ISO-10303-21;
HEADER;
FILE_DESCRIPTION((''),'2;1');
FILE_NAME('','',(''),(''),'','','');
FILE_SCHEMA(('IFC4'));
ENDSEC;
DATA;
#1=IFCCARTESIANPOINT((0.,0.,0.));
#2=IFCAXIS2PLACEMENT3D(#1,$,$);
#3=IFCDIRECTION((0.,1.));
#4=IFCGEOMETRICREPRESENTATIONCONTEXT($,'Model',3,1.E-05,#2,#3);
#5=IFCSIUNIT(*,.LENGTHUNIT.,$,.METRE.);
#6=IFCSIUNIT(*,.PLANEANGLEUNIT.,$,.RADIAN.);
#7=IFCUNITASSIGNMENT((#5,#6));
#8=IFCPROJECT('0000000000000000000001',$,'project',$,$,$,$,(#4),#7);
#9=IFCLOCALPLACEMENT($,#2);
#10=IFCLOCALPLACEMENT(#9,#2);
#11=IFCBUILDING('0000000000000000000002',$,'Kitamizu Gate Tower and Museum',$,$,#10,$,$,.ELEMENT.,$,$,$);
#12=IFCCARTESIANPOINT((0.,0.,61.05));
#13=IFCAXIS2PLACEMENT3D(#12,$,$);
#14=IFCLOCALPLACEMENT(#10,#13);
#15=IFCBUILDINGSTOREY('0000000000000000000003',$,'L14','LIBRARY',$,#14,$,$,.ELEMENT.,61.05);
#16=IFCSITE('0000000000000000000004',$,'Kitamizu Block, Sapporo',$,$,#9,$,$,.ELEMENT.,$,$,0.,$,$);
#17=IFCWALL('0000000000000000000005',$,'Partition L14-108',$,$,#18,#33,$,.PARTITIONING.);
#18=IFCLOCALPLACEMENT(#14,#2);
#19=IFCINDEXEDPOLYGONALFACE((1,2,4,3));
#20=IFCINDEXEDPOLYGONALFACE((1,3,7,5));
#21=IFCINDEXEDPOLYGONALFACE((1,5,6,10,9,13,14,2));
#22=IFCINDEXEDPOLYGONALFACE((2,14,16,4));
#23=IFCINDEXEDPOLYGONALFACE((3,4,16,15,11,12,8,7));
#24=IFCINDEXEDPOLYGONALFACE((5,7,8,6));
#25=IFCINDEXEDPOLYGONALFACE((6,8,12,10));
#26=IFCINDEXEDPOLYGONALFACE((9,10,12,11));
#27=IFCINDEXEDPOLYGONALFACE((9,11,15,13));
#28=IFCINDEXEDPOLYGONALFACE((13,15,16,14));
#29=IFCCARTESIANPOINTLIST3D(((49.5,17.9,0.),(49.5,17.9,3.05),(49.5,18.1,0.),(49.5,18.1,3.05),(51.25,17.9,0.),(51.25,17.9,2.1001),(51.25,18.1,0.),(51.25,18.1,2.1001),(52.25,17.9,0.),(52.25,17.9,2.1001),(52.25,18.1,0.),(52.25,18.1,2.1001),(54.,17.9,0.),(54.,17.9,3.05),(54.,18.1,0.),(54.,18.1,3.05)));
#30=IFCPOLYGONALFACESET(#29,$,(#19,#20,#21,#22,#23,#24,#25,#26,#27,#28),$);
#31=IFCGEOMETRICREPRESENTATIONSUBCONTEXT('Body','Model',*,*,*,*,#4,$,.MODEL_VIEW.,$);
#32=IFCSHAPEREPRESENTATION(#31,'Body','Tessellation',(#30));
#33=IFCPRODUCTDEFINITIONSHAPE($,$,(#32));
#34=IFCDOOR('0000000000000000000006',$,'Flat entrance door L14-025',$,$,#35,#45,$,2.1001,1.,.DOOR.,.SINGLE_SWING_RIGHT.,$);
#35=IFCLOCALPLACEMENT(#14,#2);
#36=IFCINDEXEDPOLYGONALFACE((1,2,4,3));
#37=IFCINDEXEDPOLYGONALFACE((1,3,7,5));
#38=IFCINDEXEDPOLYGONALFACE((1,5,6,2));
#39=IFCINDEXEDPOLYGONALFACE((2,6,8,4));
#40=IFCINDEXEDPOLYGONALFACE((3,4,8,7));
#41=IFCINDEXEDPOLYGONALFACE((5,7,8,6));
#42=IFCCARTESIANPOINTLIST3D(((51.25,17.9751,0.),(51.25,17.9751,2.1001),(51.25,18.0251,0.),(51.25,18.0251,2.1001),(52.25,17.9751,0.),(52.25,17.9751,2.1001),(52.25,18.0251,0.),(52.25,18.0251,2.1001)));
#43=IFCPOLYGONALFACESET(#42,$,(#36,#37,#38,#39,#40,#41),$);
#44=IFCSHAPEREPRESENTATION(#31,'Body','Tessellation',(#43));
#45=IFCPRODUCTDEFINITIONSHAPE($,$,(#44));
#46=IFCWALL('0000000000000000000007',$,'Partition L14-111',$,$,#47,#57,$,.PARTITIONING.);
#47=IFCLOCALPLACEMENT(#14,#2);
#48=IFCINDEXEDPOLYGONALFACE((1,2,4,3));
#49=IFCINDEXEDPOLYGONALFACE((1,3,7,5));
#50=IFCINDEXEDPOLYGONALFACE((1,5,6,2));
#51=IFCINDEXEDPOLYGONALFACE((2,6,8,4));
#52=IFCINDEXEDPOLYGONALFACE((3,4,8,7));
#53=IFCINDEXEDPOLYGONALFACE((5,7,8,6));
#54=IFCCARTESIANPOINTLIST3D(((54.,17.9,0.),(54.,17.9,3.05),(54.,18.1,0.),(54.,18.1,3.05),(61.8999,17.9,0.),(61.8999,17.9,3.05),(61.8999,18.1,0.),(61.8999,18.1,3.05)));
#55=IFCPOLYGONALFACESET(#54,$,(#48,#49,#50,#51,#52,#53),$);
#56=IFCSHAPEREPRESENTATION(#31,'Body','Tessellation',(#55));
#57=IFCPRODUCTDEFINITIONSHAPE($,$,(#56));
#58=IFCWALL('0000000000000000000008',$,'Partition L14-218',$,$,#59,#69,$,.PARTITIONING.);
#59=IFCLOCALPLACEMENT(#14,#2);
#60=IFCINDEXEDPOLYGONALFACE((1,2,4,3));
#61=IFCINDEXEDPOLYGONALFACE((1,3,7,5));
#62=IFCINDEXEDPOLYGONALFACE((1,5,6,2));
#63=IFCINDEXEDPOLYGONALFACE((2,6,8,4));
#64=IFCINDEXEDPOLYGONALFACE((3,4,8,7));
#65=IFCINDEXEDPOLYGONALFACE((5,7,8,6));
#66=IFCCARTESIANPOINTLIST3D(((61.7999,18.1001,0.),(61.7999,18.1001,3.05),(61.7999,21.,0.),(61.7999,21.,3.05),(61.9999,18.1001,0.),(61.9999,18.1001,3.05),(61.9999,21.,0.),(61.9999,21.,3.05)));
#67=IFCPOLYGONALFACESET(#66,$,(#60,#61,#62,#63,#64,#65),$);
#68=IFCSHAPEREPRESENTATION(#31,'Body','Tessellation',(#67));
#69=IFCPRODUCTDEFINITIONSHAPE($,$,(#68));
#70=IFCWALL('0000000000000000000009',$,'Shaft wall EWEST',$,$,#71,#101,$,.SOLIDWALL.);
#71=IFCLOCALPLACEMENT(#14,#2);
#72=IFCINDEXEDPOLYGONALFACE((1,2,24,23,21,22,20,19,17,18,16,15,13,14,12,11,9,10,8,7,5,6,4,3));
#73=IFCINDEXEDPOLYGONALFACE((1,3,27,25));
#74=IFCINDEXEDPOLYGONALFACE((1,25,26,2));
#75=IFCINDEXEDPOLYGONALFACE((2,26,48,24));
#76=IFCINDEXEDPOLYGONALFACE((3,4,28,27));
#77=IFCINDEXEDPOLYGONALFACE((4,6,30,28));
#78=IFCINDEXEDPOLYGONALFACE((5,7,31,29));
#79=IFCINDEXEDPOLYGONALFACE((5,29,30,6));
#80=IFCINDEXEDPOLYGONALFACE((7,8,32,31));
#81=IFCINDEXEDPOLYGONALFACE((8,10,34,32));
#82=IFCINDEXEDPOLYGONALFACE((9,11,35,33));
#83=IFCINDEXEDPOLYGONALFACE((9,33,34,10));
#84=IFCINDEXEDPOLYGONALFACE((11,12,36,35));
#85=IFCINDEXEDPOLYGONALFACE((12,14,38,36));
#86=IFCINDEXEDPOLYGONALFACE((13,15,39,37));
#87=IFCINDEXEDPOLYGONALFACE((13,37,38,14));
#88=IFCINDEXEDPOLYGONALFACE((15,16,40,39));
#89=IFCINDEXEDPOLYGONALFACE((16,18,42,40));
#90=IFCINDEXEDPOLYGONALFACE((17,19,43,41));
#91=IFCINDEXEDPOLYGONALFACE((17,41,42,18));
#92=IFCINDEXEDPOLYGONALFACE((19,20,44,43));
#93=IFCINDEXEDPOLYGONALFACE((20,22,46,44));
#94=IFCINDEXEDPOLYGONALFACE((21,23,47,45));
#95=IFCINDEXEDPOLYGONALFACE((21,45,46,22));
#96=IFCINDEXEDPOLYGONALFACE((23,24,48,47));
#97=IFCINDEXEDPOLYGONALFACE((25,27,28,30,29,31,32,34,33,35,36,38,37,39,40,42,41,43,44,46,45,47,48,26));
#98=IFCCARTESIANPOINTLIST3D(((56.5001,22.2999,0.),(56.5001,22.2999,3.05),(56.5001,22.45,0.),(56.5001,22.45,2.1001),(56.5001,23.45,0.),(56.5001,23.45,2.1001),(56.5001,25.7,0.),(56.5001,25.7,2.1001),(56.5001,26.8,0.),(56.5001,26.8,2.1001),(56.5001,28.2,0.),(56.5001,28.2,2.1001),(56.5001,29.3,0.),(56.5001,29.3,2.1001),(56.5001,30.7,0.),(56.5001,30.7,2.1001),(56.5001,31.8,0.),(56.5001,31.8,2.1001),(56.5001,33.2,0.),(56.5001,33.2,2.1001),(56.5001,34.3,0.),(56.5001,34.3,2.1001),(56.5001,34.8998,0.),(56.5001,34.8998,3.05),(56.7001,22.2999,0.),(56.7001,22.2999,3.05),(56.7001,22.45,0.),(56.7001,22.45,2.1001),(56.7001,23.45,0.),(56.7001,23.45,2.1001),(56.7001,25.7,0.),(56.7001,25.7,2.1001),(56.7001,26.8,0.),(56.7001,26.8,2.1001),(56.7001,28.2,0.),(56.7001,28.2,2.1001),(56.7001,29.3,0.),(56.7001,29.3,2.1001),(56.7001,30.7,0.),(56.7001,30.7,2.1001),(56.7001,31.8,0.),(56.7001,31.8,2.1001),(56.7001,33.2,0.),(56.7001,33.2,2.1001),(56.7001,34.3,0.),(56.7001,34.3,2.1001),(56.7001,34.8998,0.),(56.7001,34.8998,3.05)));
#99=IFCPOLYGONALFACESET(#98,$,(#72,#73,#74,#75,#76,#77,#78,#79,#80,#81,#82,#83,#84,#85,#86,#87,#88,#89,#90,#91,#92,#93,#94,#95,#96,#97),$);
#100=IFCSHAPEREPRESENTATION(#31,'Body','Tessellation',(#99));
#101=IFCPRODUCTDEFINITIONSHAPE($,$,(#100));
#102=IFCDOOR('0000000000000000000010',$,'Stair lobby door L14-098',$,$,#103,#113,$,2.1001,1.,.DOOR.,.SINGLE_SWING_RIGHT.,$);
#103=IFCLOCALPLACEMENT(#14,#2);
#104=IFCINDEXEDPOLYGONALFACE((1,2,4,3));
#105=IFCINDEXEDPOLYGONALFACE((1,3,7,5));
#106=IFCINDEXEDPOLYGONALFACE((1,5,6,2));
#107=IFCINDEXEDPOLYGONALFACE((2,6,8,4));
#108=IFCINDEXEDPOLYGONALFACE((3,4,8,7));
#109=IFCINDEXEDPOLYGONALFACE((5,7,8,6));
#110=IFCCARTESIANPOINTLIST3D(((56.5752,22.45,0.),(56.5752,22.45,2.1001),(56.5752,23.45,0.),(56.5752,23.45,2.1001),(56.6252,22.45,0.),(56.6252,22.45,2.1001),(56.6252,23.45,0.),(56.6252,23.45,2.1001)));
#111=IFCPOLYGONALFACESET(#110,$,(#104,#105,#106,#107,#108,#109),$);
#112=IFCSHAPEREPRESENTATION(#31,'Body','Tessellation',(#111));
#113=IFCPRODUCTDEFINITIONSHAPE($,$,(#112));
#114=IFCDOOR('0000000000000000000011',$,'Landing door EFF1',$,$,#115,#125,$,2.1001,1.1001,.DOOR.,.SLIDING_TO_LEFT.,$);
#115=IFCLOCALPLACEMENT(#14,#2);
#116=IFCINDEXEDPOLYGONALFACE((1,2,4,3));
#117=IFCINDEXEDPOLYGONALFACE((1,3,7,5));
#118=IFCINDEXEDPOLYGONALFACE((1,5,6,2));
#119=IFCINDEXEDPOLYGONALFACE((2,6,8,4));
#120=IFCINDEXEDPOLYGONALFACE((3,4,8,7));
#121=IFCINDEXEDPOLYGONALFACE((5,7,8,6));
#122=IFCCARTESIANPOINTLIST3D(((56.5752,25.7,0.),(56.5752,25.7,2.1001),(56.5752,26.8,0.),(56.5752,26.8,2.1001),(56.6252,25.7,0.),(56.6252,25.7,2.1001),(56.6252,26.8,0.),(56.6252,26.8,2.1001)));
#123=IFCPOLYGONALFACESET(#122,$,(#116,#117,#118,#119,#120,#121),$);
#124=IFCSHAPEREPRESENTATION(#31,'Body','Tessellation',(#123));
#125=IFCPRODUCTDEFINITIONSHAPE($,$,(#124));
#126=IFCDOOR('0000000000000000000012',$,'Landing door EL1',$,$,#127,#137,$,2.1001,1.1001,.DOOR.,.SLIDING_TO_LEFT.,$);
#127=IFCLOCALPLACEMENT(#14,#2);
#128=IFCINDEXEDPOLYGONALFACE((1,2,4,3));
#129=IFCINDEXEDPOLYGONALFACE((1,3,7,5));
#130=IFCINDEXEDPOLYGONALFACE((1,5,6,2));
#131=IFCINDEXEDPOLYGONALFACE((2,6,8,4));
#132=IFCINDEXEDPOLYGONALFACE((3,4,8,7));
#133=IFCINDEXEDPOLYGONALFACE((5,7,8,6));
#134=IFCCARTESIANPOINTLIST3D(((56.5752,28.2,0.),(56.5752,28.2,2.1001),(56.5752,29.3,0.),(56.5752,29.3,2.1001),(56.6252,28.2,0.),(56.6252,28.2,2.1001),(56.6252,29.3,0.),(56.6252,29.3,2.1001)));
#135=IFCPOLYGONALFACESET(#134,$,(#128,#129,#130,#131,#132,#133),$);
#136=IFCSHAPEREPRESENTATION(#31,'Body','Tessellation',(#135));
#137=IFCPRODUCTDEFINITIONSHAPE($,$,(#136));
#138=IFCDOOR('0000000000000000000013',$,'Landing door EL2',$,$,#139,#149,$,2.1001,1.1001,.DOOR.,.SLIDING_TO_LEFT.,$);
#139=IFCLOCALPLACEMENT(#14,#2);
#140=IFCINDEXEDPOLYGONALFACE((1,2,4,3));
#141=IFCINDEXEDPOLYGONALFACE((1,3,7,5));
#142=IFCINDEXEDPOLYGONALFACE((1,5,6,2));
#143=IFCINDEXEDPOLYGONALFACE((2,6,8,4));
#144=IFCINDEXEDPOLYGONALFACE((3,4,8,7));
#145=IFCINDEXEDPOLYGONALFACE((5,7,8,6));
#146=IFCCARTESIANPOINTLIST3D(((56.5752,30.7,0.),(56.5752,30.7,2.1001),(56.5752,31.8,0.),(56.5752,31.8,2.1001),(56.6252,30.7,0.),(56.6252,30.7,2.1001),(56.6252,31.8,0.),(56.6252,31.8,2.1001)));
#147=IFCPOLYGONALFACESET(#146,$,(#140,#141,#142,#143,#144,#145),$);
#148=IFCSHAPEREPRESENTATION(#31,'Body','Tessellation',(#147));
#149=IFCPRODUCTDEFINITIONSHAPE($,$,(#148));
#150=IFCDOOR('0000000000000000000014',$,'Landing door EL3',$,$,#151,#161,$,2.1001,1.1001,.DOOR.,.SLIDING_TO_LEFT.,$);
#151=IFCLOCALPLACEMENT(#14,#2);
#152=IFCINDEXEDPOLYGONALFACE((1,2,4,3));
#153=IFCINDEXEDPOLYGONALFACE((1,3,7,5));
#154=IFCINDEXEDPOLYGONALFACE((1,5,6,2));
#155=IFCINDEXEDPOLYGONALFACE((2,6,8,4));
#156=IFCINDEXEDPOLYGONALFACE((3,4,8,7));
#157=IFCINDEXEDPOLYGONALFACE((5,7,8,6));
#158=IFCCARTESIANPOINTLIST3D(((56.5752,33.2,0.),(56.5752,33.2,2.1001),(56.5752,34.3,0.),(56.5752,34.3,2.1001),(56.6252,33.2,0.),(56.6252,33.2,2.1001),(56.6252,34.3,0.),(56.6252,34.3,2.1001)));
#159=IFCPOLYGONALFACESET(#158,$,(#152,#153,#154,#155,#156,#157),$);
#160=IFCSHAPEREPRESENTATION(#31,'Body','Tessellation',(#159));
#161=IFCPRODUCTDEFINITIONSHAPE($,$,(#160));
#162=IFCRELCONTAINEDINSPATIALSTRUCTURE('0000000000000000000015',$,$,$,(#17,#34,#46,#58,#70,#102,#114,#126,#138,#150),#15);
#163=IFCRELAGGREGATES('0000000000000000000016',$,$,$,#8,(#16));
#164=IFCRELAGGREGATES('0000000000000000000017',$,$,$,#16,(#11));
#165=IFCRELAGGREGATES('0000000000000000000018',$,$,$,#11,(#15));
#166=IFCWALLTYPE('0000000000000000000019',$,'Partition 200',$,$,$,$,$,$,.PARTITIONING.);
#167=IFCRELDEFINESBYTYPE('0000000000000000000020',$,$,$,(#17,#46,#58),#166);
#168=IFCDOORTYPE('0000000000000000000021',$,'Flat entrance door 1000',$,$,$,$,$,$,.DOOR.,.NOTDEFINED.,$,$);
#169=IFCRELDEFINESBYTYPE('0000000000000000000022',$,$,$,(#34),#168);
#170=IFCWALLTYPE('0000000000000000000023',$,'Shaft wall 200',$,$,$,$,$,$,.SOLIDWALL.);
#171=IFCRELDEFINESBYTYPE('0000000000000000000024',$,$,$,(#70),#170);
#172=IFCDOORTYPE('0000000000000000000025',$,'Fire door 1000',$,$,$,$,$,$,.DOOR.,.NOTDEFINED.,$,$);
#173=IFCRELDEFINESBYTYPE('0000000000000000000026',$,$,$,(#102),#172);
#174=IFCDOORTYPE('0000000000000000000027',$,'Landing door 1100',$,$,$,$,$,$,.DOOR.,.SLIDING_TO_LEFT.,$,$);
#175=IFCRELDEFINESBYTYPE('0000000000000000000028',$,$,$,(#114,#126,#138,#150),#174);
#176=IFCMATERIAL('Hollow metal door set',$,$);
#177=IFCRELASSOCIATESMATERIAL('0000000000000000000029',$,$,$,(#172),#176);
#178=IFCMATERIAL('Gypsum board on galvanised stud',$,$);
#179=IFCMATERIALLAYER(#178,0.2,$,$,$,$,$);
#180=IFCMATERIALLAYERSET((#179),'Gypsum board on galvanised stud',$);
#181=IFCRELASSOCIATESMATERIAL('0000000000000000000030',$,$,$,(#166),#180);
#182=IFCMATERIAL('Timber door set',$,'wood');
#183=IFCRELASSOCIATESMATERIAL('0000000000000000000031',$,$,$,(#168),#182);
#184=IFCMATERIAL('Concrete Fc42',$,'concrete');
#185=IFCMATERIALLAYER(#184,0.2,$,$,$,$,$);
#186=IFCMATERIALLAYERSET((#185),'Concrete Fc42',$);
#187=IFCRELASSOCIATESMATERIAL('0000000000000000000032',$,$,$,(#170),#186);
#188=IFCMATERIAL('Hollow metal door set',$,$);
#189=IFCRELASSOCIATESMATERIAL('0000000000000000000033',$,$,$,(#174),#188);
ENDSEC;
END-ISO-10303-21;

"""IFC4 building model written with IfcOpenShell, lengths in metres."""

from ifc_helpers import new_model, si_unit, direction, frame, frame_2d, origin, place, context, subcontext, project, spatial, rectangle, extrude, material, layer, layer_set, type_object, element, fill, save


model = new_model("IFC4")

# Units and contexts
model_context = context("Model", 3, precision=1e-05, world=origin(), true_north=direction((0.0, 1.0)))
body_context = subcontext(model_context, "Body", "Model", "MODEL_VIEW")
ifc_project = project(units=[si_unit("LENGTHUNIT", "METRE"), si_unit("PLANEANGLEUNIT", "RADIAN")], contexts=[model_context])

# Site, building, storey
site_placement = place(None, origin())
site = spatial("IfcSite", under=ifc_project, at=site_placement, Name="Kitamizu Block, Sapporo", CompositionType="ELEMENT", RefElevation=0.0)
building_placement = place(site_placement, origin())
building = spatial("IfcBuilding", under=site, at=building_placement, Name="Kitamizu Gate Tower and Museum", CompositionType="ELEMENT")
storey_placement = place(building_placement, frame((0.0, 0.0, 61.05)))
storey = spatial("IfcBuildingStorey", under=building, at=storey_placement, Name="L14", Description="LIBRARY", CompositionType="ELEMENT", Elevation=61.05)

# Shared definitions
ifc_material_1 = material(Name="Hollow metal door set")
door_type_1 = type_object("IfcDoorType", Name="Fire door 1000", OperationType="NOTDEFINED", PredefinedType="DOOR", material=ifc_material_1)

# Shared definitions
ifc_material_2 = material(Name="Gypsum board on galvanised stud")
ifc_layer_1 = layer(ifc_material_2, 0.2)
ifc_layer_set_1 = layer_set([ifc_layer_1], Name="Gypsum board on galvanised stud")
wall_type_1 = type_object("IfcWallType", Name="Partition 200", PredefinedType="PARTITIONING", material=ifc_layer_set_1)

# Wall, opening, door
wall_1_placement = place(storey_placement, frame((54.0, 18.0, 0.0), z_axis=(0.0, 0.0, 1.0), x_axis=(-1.0, 0.0, 0.0)))
wall_1 = element("IfcWall", 1, at=wall_1_placement, inside=storey, type_object=wall_type_1, Name="Partition L14-108", PredefinedType="PARTITIONING", context=body_context, shape_type="SweptSolid", body=[
    extrude(rectangle(XDim=4.5, YDim=0.2, at=frame_2d((2.25, 0.0))), origin(), (0.0, 0.0, 1.0), 3.05),
])
opening_1_placement = place(wall_1_placement, frame((1.75, 0.0, 0.0)))
opening_1 = element("IfcOpeningElement", 2, at=opening_1_placement, cuts=wall_1, PredefinedType="OPENING", context=body_context, shape_type="SweptSolid", body=[
    extrude(rectangle(XDim=1.0, YDim=2.1001, at=frame_2d((0.5, 1.05))), frame((0.0, 0.1099, 0.0), z_axis=(0.0, -1.0, 0.0), x_axis=(1.0, 0.0, 0.0)), (0.0, 0.0, 1.0), 0.22),
])
ifc_material_3 = material(Name="Timber door set", Category="wood")
door_type_2 = type_object("IfcDoorType", Name="Flat entrance door 1000", OperationType="NOTDEFINED", PredefinedType="DOOR", material=ifc_material_3)
door_1_placement = place(opening_1_placement, origin())
door_1 = element("IfcDoor", 3, at=door_1_placement, inside=storey, type_object=door_type_2, Name="Flat entrance door L14-025", OperationType="SINGLE_SWING_RIGHT", OverallHeight=2.1001, OverallWidth=1.0, PredefinedType="DOOR", context=body_context, shape_type="SweptSolid", body=[
    extrude(rectangle(XDim=1.0, YDim=2.1001, at=frame_2d((0.5, 1.05))), frame((0.0, 0.0249, 0.0), z_axis=(0.0, -1.0, 0.0), x_axis=(1.0, 0.0, 0.0)), (0.0, 0.0, 1.0), 0.05),
])
fill(opening_1, door_1)

# Walls
wall_2_placement = place(storey_placement, frame((61.8999, 18.0, 0.0), z_axis=(0.0, 0.0, 1.0), x_axis=(-1.0, 0.0, 0.0)))
element("IfcWall", 4, at=wall_2_placement, inside=storey, type_object=wall_type_1, Name="Partition L14-111", PredefinedType="PARTITIONING", context=body_context, shape_type="SweptSolid", body=[
    extrude(rectangle(XDim=7.8999, YDim=0.2, at=frame_2d((3.95, 0.0))), origin(), (0.0, 0.0, 1.0), 3.05),
])
wall_3_placement = place(storey_placement, frame((61.8999, 21.0, 0.0), z_axis=(0.0, 0.0, 1.0), x_axis=(0.0, -1.0, 0.0)))
element("IfcWall", 5, at=wall_3_placement, inside=storey, type_object=wall_type_1, Name="Partition L14-218", PredefinedType="PARTITIONING", context=body_context, shape_type="SweptSolid", body=[
    extrude(rectangle(XDim=2.8999, YDim=0.2, at=frame_2d((1.45, 0.0))), origin(), (0.0, 0.0, 1.0), 3.05),
])

# Wall, openings, doors
ifc_material_4 = material(Name="Concrete Fc42", Category="concrete")
ifc_layer_2 = layer(ifc_material_4, 0.2)
ifc_layer_set_2 = layer_set([ifc_layer_2], Name="Concrete Fc42")
wall_type_2 = type_object("IfcWallType", Name="Shaft wall 200", PredefinedType="SOLIDWALL", material=ifc_layer_set_2)
wall_4_placement = place(storey_placement, frame((56.6001, 22.3, 0.0), z_axis=(0.0, 0.0, 1.0), x_axis=(0.0, 1.0, 0.0)))
wall_4 = element("IfcWall", 6, at=wall_4_placement, inside=storey, type_object=wall_type_2, Name="Shaft wall EWEST", PredefinedType="SOLIDWALL", context=body_context, shape_type="SweptSolid", body=[
    extrude(rectangle(XDim=12.5999, YDim=0.2, at=frame_2d((6.2998, 0.0))), origin(), (0.0, 0.0, 1.0), 3.05),
])
opening_2_placement = place(wall_4_placement, frame((3.3999, 0.0, 0.0)))
opening_2 = element("IfcOpeningElement", 7, at=opening_2_placement, cuts=wall_4, PredefinedType="OPENING", context=body_context, shape_type="SweptSolid", body=[
    extrude(rectangle(XDim=1.1001, YDim=2.1001, at=frame_2d((0.55, 1.05))), frame((0.0, 0.1099, 0.0), z_axis=(0.0, -1.0, 0.0), x_axis=(1.0, 0.0, 0.0)), (0.0, 0.0, 1.0), 0.22),
])
opening_3_placement = place(wall_4_placement, frame((5.8999, 0.0, 0.0)))
opening_3 = element("IfcOpeningElement", 8, at=opening_3_placement, cuts=wall_4, PredefinedType="OPENING", context=body_context, shape_type="SweptSolid", body=[
    extrude(rectangle(XDim=1.1001, YDim=2.1001, at=frame_2d((0.55, 1.05))), frame((0.0, 0.1099, 0.0), z_axis=(0.0, -1.0, 0.0), x_axis=(1.0, 0.0, 0.0)), (0.0, 0.0, 1.0), 0.22),
])
opening_4_placement = place(wall_4_placement, frame((8.3999, 0.0, 0.0)))
opening_4 = element("IfcOpeningElement", 9, at=opening_4_placement, cuts=wall_4, PredefinedType="OPENING", context=body_context, shape_type="SweptSolid", body=[
    extrude(rectangle(XDim=1.1001, YDim=2.1001, at=frame_2d((0.55, 1.05))), frame((0.0, 0.1099, 0.0), z_axis=(0.0, -1.0, 0.0), x_axis=(1.0, 0.0, 0.0)), (0.0, 0.0, 1.0), 0.22),
])
opening_5_placement = place(wall_4_placement, frame((10.8999, 0.0, 0.0)))
opening_5 = element("IfcOpeningElement", 10, at=opening_5_placement, cuts=wall_4, PredefinedType="OPENING", context=body_context, shape_type="SweptSolid", body=[
    extrude(rectangle(XDim=1.1001, YDim=2.1001, at=frame_2d((0.55, 1.05))), frame((0.0, 0.1099, 0.0), z_axis=(0.0, -1.0, 0.0), x_axis=(1.0, 0.0, 0.0)), (0.0, 0.0, 1.0), 0.22),
])
opening_6_placement = place(wall_4_placement, frame((0.1499, 0.0, 0.0)))
opening_6 = element("IfcOpeningElement", 11, at=opening_6_placement, cuts=wall_4, PredefinedType="OPENING", context=body_context, shape_type="SweptSolid", body=[
    extrude(rectangle(XDim=1.0, YDim=2.1001, at=frame_2d((0.5, 1.05))), frame((0.0, 0.1099, 0.0), z_axis=(0.0, -1.0, 0.0), x_axis=(1.0, 0.0, 0.0)), (0.0, 0.0, 1.0), 0.22),
])
door_2_placement = place(opening_6_placement, origin())
door_2 = element("IfcDoor", 12, at=door_2_placement, inside=storey, type_object=door_type_1, Name="Stair lobby door L14-098", OperationType="SINGLE_SWING_RIGHT", OverallHeight=2.1001, OverallWidth=1.0, PredefinedType="DOOR", context=body_context, shape_type="SweptSolid", body=[
    extrude(rectangle(XDim=1.0, YDim=2.1001, at=frame_2d((0.5, 1.05))), frame((0.0, 0.0249, 0.0), z_axis=(0.0, -1.0, 0.0), x_axis=(1.0, 0.0, 0.0)), (0.0, 0.0, 1.0), 0.05),
])
fill(opening_6, door_2)
ifc_material_5 = material(Name="Hollow metal door set")
door_type_3 = type_object("IfcDoorType", Name="Landing door 1100", OperationType="SLIDING_TO_LEFT", PredefinedType="DOOR", material=ifc_material_5)
door_3_placement = place(opening_2_placement, origin())
door_3 = element("IfcDoor", 13, at=door_3_placement, inside=storey, type_object=door_type_3, Name="Landing door EFF1", OperationType="SLIDING_TO_LEFT", OverallHeight=2.1001, OverallWidth=1.1001, PredefinedType="DOOR", context=body_context, shape_type="SweptSolid", body=[
    extrude(rectangle(XDim=1.1001, YDim=2.1001, at=frame_2d((0.55, 1.05))), frame((0.0, 0.0249, 0.0), z_axis=(0.0, -1.0, 0.0), x_axis=(1.0, 0.0, 0.0)), (0.0, 0.0, 1.0), 0.05),
])
fill(opening_2, door_3)
door_4_placement = place(opening_3_placement, origin())
door_4 = element("IfcDoor", 14, at=door_4_placement, inside=storey, type_object=door_type_3, Name="Landing door EL1", OperationType="SLIDING_TO_LEFT", OverallHeight=2.1001, OverallWidth=1.1001, PredefinedType="DOOR", context=body_context, shape_type="SweptSolid", body=[
    extrude(rectangle(XDim=1.1001, YDim=2.1001, at=frame_2d((0.55, 1.05))), frame((0.0, 0.0249, 0.0), z_axis=(0.0, -1.0, 0.0), x_axis=(1.0, 0.0, 0.0)), (0.0, 0.0, 1.0), 0.05),
])
fill(opening_3, door_4)
door_5_placement = place(opening_4_placement, origin())
door_5 = element("IfcDoor", 15, at=door_5_placement, inside=storey, type_object=door_type_3, Name="Landing door EL2", OperationType="SLIDING_TO_LEFT", OverallHeight=2.1001, OverallWidth=1.1001, PredefinedType="DOOR", context=body_context, shape_type="SweptSolid", body=[
    extrude(rectangle(XDim=1.1001, YDim=2.1001, at=frame_2d((0.55, 1.05))), frame((0.0, 0.0249, 0.0), z_axis=(0.0, -1.0, 0.0), x_axis=(1.0, 0.0, 0.0)), (0.0, 0.0, 1.0), 0.05),
])
fill(opening_4, door_5)
door_6_placement = place(opening_5_placement, origin())
door_6 = element("IfcDoor", 16, at=door_6_placement, inside=storey, type_object=door_type_3, Name="Landing door EL3", OperationType="SLIDING_TO_LEFT", OverallHeight=2.1001, OverallWidth=1.1001, PredefinedType="DOOR", context=body_context, shape_type="SweptSolid", body=[
    extrude(rectangle(XDim=1.1001, YDim=2.1001, at=frame_2d((0.55, 1.05))), frame((0.0, 0.0249, 0.0), z_axis=(0.0, -1.0, 0.0), x_axis=(1.0, 0.0, 0.0)), (0.0, 0.0, 1.0), 0.05),
])
fill(opening_5, door_6)

save(model, "model.ifc")
